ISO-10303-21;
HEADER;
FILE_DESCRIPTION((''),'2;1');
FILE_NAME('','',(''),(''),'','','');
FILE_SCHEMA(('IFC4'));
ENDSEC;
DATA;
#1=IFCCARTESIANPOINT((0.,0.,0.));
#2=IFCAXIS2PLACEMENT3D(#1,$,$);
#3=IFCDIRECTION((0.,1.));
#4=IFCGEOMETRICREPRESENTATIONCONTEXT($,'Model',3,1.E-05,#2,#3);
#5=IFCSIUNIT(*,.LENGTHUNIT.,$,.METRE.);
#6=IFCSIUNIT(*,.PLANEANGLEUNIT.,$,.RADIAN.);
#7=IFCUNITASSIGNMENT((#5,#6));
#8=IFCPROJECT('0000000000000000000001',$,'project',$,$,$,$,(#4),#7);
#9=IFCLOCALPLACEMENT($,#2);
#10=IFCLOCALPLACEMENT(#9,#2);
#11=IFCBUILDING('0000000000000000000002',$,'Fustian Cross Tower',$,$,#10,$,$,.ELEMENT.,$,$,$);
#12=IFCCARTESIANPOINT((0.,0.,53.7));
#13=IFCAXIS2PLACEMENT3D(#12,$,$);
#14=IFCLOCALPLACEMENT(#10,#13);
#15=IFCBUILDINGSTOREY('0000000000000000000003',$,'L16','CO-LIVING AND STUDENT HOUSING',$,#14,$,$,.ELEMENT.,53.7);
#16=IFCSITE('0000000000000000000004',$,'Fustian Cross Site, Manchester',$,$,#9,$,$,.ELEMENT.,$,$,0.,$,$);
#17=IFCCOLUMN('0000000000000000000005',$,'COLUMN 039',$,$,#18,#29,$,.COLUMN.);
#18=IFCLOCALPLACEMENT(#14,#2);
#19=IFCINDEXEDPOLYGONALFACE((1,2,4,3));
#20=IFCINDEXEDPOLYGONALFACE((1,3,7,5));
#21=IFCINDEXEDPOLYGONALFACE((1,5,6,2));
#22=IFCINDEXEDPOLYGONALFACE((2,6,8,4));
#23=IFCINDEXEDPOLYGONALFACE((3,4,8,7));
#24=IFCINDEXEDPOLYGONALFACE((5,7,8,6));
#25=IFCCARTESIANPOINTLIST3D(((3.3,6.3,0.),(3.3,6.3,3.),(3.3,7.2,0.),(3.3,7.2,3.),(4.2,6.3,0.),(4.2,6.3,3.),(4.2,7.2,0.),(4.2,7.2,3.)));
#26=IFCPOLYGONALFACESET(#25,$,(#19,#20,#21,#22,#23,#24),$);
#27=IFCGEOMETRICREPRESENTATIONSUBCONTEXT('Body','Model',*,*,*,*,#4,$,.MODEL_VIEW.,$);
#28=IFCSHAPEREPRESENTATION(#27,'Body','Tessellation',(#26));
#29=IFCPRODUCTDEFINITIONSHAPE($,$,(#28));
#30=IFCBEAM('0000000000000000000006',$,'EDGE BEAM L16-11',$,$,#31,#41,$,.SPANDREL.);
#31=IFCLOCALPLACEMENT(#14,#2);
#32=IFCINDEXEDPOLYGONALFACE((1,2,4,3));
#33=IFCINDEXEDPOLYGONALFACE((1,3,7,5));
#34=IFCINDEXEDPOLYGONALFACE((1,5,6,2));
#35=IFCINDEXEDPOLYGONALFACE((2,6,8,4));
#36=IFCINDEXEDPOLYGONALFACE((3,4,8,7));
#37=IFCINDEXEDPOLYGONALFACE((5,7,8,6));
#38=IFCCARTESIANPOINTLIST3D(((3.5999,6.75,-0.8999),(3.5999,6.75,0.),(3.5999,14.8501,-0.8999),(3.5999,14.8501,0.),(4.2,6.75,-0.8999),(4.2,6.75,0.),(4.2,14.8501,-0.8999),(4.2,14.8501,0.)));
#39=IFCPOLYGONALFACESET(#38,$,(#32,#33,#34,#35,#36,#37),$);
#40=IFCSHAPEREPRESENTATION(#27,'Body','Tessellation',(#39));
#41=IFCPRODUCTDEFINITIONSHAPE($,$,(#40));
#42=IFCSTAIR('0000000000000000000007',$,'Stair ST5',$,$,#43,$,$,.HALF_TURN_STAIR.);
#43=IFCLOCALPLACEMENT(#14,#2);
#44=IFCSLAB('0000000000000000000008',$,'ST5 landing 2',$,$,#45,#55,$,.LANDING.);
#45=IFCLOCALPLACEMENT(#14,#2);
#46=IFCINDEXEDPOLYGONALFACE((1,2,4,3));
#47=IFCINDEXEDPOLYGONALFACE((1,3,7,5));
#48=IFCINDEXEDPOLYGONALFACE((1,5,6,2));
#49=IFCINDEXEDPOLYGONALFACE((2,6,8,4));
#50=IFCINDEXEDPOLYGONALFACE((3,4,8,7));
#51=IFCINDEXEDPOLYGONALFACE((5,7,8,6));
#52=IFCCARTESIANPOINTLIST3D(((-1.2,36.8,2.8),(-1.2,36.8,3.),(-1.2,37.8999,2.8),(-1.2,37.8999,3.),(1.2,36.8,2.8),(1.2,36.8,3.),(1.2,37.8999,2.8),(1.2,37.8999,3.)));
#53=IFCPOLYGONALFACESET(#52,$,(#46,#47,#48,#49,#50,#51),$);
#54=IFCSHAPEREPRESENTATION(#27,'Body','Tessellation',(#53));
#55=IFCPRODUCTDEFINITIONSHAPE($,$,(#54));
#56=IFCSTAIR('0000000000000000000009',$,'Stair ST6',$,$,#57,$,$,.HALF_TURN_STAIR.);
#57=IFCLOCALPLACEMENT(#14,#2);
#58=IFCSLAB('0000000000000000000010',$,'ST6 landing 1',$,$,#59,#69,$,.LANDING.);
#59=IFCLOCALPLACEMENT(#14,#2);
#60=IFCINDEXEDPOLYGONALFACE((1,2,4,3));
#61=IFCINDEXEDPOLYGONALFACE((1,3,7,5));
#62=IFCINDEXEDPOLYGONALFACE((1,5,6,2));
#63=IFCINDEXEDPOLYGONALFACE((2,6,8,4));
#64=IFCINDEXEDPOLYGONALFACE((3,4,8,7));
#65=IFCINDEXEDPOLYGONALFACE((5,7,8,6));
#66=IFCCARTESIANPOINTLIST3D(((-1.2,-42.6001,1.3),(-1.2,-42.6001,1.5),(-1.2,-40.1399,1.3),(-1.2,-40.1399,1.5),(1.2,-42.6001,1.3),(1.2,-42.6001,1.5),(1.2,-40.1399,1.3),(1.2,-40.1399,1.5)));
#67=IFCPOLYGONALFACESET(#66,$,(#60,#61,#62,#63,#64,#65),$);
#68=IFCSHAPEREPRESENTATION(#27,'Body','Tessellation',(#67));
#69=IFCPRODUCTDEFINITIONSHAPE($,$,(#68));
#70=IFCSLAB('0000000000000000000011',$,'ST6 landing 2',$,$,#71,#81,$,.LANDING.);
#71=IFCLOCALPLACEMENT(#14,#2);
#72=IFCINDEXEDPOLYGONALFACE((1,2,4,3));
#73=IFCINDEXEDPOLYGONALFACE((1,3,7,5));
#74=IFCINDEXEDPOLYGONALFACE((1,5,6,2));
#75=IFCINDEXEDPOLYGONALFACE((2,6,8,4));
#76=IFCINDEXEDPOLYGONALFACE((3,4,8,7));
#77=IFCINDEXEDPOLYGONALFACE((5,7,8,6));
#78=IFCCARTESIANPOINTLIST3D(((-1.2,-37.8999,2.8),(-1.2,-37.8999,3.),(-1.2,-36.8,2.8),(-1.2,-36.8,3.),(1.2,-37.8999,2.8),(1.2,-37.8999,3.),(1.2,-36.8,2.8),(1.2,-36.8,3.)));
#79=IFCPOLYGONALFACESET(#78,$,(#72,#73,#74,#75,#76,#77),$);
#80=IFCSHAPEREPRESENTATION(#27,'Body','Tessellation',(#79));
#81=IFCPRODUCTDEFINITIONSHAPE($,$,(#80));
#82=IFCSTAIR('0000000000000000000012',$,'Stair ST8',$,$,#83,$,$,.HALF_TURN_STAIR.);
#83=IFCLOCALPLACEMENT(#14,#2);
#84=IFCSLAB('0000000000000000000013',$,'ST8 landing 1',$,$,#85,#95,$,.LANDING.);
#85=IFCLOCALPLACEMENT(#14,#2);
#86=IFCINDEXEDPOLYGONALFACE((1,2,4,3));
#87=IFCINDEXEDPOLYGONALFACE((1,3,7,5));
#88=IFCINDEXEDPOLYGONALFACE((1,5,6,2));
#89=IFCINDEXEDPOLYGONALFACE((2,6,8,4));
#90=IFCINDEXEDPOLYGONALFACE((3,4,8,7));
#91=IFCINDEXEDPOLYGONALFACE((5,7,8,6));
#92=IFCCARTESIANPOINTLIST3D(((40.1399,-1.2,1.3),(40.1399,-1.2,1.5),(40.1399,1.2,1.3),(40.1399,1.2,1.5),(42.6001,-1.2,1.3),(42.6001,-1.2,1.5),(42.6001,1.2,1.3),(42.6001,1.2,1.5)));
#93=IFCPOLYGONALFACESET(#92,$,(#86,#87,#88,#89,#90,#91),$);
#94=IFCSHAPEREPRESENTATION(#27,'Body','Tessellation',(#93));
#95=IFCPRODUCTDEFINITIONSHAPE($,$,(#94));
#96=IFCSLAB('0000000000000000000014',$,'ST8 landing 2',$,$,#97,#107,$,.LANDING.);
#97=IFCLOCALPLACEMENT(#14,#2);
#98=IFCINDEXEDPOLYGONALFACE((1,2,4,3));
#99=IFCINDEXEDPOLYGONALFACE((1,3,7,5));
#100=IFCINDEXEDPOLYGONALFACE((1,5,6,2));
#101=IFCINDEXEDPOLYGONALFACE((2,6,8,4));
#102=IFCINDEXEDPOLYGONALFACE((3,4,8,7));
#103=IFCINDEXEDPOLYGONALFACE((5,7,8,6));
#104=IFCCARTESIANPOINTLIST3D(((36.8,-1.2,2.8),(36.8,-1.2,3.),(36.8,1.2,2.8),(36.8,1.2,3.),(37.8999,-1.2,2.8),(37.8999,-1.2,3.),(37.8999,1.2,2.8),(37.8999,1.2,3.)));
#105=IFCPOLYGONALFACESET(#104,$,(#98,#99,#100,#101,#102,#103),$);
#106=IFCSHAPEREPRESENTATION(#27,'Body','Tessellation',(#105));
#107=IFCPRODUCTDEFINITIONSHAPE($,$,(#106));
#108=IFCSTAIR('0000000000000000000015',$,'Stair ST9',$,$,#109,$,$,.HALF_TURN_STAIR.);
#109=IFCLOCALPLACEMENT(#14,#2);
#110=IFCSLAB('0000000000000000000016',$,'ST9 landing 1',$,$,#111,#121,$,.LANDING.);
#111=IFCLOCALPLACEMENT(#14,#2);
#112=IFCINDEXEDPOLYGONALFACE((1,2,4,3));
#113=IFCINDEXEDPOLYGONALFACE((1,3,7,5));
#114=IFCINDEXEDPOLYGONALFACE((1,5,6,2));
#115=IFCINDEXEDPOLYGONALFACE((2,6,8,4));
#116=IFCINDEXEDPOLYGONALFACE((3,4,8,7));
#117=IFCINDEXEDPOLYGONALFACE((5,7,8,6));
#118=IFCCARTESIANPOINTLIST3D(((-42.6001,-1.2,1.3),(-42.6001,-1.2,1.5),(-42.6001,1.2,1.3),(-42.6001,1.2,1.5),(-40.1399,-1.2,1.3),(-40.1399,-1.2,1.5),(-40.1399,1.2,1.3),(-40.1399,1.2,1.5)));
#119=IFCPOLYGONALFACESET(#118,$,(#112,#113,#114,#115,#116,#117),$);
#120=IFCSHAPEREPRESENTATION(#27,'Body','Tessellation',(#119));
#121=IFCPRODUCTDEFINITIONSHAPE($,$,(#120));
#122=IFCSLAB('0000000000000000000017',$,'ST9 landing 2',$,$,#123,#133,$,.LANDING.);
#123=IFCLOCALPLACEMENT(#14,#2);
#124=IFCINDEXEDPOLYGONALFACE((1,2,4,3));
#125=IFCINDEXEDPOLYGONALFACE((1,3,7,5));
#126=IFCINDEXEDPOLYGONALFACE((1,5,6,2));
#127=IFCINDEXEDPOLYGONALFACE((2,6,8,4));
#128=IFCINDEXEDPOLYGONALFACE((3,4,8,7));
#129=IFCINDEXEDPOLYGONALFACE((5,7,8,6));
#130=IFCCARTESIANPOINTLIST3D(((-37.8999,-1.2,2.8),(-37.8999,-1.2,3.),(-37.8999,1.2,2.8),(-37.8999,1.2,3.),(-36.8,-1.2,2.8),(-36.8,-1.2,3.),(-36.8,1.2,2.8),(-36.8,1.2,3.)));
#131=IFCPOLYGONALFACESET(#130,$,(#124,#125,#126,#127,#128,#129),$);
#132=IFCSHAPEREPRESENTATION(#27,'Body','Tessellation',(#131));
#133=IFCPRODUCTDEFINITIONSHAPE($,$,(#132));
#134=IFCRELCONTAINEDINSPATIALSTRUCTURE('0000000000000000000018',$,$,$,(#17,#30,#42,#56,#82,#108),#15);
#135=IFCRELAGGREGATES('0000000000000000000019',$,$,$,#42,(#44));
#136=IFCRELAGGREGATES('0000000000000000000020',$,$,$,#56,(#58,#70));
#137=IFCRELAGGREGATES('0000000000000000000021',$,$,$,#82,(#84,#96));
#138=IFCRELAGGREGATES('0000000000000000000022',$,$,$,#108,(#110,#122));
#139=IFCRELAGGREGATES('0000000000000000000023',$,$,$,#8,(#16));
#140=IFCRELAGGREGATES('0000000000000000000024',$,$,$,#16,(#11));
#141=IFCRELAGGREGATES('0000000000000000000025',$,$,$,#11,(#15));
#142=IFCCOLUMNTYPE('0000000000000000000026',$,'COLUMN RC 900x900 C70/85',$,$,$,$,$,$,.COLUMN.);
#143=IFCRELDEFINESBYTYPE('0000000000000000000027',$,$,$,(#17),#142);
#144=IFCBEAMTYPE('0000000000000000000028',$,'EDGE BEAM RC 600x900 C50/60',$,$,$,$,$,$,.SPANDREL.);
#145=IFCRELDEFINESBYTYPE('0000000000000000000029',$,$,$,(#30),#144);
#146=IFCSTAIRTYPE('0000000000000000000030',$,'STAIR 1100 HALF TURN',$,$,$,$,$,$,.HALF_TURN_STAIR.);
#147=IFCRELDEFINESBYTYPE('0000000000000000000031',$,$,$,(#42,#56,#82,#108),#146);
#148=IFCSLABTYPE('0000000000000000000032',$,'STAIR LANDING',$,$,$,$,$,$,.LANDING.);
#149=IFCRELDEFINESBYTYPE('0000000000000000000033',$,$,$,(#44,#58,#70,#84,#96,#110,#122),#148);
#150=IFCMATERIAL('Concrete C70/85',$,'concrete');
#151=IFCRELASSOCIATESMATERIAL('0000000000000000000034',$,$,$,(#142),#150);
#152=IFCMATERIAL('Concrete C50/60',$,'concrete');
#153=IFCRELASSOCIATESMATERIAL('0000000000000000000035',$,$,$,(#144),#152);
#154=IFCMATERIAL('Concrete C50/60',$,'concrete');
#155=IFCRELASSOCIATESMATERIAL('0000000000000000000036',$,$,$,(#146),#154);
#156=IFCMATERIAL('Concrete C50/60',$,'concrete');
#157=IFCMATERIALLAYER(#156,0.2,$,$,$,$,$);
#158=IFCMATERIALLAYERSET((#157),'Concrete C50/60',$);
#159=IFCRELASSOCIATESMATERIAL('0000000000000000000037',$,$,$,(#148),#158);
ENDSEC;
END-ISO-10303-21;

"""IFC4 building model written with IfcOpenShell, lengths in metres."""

from ifc_helpers import new_model, si_unit, direction, frame, origin, origin_2d, place, context, subcontext, project, spatial, polyline, rectangle, outline, extrude, material, layer, layer_set, material_profile, profile_set, type_object, element, aggregate, save


model = new_model("IFC4")

# Units and contexts
model_context = context("Model", 3, precision=1e-05, world=origin(), true_north=direction((0.0, 1.0)))
body_context = subcontext(model_context, "Body", "Model", "MODEL_VIEW")
ifc_project = project(units=[si_unit("LENGTHUNIT", "METRE"), si_unit("PLANEANGLEUNIT", "RADIAN")], contexts=[model_context])

# Site, building, storey
site_placement = place(None, origin())
site = spatial("IfcSite", under=ifc_project, at=site_placement, Name="Fustian Cross Site, Manchester", CompositionType="ELEMENT", RefElevation=0.0)
building_placement = place(site_placement, origin())
building = spatial("IfcBuilding", under=site, at=building_placement, Name="Fustian Cross Tower", CompositionType="ELEMENT")
storey_placement = place(building_placement, frame((0.0, 0.0, 53.7)))
storey = spatial("IfcBuildingStorey", under=building, at=storey_placement, Name="L16", Description="CO-LIVING AND STUDENT HOUSING", CompositionType="ELEMENT", Elevation=53.7)

# Column
ifc_material_1 = material(Name="Concrete C70/85", Category="concrete")
ifc_material_profile_1 = material_profile(ifc_material_1, rectangle(XDim=0.8999, YDim=0.8999, at=origin_2d()), Name="RC 900x900")
ifc_profile_set_1 = profile_set([ifc_material_profile_1], Name="Concrete C70/85")
column_type = type_object("IfcColumnType", Name="COLUMN RC 900x900 C70/85", PredefinedType="COLUMN", material=ifc_profile_set_1)
column_placement = place(storey_placement, frame((3.75, 6.75, 0.0), z_axis=(0.0, 0.0, 1.0), x_axis=(1.0, 0.0, 0.0)))
element("IfcColumn", 1, at=column_placement, inside=storey, type_object=column_type, Name="COLUMN 039", PredefinedType="COLUMN", context=body_context, shape_type="SweptSolid", body=[
    extrude(rectangle(XDim=0.8999, YDim=0.8999, at=origin_2d()), origin(), (0.0, 0.0, 1.0), 3.0),
])

# Beam
ifc_material_2 = material(Name="Concrete C50/60", Category="concrete")
ifc_material_profile_2 = material_profile(ifc_material_2, rectangle(XDim=0.6001, YDim=0.8999, at=origin_2d()), Name="RC 600x900")
ifc_profile_set_2 = profile_set([ifc_material_profile_2], Name="Concrete C50/60")
beam_type = type_object("IfcBeamType", Name="EDGE BEAM RC 600x900 C50/60", PredefinedType="SPANDREL", material=ifc_profile_set_2)
beam_placement = place(storey_placement, frame((3.8999, 6.75, -0.45), z_axis=(0.0, 1.0, 0.0), x_axis=(-1.0, 0.0, 0.0)))
element("IfcBeam", 2, at=beam_placement, inside=storey, type_object=beam_type, Name="EDGE BEAM L16-11", PredefinedType="SPANDREL", context=body_context, shape_type="SweptSolid", body=[
    extrude(rectangle(XDim=0.6001, YDim=0.8999, at=origin_2d()), origin(), (0.0, 0.0, 1.0), 8.1001),
])

# Stair, slab
ifc_material_3 = material(Name="Concrete C50/60", Category="concrete")
stair_type = type_object("IfcStairType", Name="STAIR 1100 HALF TURN", PredefinedType="HALF_TURN_STAIR", material=ifc_material_3)
stair_1_placement = place(storey_placement, origin())
stair_1 = element("IfcStair", 3, at=stair_1_placement, inside=storey, type_object=stair_type, Name="Stair ST5", PredefinedType="HALF_TURN_STAIR")
ifc_material_4 = material(Name="Concrete C50/60", Category="concrete")
ifc_layer_1 = layer(ifc_material_4, 0.2)
ifc_layer_set_1 = layer_set([ifc_layer_1], Name="Concrete C50/60")
slab_type = type_object("IfcSlabType", Name="STAIR LANDING", PredefinedType="LANDING", material=ifc_layer_set_1)
slab_1_placement = place(storey_placement, frame((0.0, 0.0, 2.8)))
slab_1 = element("IfcSlab", 4, at=slab_1_placement, type_object=slab_type, Name="ST5 landing 2", PredefinedType="LANDING", context=body_context, shape_type="SweptSolid", body=[
    extrude(outline(polyline([(-1.2, 36.8), (-1.2, 37.8999), (1.2, 37.8999), (1.2, 36.8), (-1.2, 36.8)])), origin(), (0.0, 0.0, 1.0), 0.2),
])
aggregate(stair_1, [slab_1])

# Stairs, slabs
stair_2_placement = place(storey_placement, origin())
stair_2 = element("IfcStair", 5, at=stair_2_placement, inside=storey, type_object=stair_type, Name="Stair ST6", PredefinedType="HALF_TURN_STAIR")
slab_2_placement = place(storey_placement, frame((0.0, 0.0, 1.3)))
slab_2 = element("IfcSlab", 6, at=slab_2_placement, type_object=slab_type, Name="ST6 landing 1", PredefinedType="LANDING", context=body_context, shape_type="SweptSolid", body=[
    extrude(outline(polyline([(-1.2, -40.1399), (-1.2, -42.6001), (1.2, -42.6001), (1.2, -40.1399), (-1.2, -40.1399)])), origin(), (0.0, 0.0, 1.0), 0.2),
])
slab_3_placement = place(storey_placement, frame((0.0, 0.0, 2.8)))
slab_3 = element("IfcSlab", 7, at=slab_3_placement, type_object=slab_type, Name="ST6 landing 2", PredefinedType="LANDING", context=body_context, shape_type="SweptSolid", body=[
    extrude(outline(polyline([(-1.2, -36.8), (-1.2, -37.8999), (1.2, -37.8999), (1.2, -36.8), (-1.2, -36.8)])), origin(), (0.0, 0.0, 1.0), 0.2),
])
aggregate(stair_2, [slab_2, slab_3])
stair_3_placement = place(storey_placement, origin())
stair_3 = element("IfcStair", 8, at=stair_3_placement, inside=storey, type_object=stair_type, Name="Stair ST8", PredefinedType="HALF_TURN_STAIR")
slab_4_placement = place(storey_placement, frame((0.0, 0.0, 1.3)))
slab_4 = element("IfcSlab", 9, at=slab_4_placement, type_object=slab_type, Name="ST8 landing 1", PredefinedType="LANDING", context=body_context, shape_type="SweptSolid", body=[
    extrude(outline(polyline([(40.1399, -1.2), (42.6001, -1.2), (42.6001, 1.2), (40.1399, 1.2), (40.1399, -1.2)])), origin(), (0.0, 0.0, 1.0), 0.2),
])
slab_5_placement = place(storey_placement, frame((0.0, 0.0, 2.8)))
slab_5 = element("IfcSlab", 10, at=slab_5_placement, type_object=slab_type, Name="ST8 landing 2", PredefinedType="LANDING", context=body_context, shape_type="SweptSolid", body=[
    extrude(outline(polyline([(36.8, -1.2), (37.8999, -1.2), (37.8999, 1.2), (36.8, 1.2), (36.8, -1.2)])), origin(), (0.0, 0.0, 1.0), 0.2),
])
aggregate(stair_3, [slab_4, slab_5])
stair_4_placement = place(storey_placement, origin())
stair_4 = element("IfcStair", 11, at=stair_4_placement, inside=storey, type_object=stair_type, Name="Stair ST9", PredefinedType="HALF_TURN_STAIR")
slab_6_placement = place(storey_placement, frame((0.0, 0.0, 1.3)))
slab_6 = element("IfcSlab", 12, at=slab_6_placement, type_object=slab_type, Name="ST9 landing 1", PredefinedType="LANDING", context=body_context, shape_type="SweptSolid", body=[
    extrude(outline(polyline([(-40.1399, -1.2), (-42.6001, -1.2), (-42.6001, 1.2), (-40.1399, 1.2), (-40.1399, -1.2)])), origin(), (0.0, 0.0, 1.0), 0.2),
])
slab_7_placement = place(storey_placement, frame((0.0, 0.0, 2.8)))
slab_7 = element("IfcSlab", 13, at=slab_7_placement, type_object=slab_type, Name="ST9 landing 2", PredefinedType="LANDING", context=body_context, shape_type="SweptSolid", body=[
    extrude(outline(polyline([(-36.8, -1.2), (-37.8999, -1.2), (-37.8999, 1.2), (-36.8, 1.2), (-36.8, -1.2)])), origin(), (0.0, 0.0, 1.0), 0.2),
])
aggregate(stair_4, [slab_6, slab_7])

save(model, "model.ifc")
